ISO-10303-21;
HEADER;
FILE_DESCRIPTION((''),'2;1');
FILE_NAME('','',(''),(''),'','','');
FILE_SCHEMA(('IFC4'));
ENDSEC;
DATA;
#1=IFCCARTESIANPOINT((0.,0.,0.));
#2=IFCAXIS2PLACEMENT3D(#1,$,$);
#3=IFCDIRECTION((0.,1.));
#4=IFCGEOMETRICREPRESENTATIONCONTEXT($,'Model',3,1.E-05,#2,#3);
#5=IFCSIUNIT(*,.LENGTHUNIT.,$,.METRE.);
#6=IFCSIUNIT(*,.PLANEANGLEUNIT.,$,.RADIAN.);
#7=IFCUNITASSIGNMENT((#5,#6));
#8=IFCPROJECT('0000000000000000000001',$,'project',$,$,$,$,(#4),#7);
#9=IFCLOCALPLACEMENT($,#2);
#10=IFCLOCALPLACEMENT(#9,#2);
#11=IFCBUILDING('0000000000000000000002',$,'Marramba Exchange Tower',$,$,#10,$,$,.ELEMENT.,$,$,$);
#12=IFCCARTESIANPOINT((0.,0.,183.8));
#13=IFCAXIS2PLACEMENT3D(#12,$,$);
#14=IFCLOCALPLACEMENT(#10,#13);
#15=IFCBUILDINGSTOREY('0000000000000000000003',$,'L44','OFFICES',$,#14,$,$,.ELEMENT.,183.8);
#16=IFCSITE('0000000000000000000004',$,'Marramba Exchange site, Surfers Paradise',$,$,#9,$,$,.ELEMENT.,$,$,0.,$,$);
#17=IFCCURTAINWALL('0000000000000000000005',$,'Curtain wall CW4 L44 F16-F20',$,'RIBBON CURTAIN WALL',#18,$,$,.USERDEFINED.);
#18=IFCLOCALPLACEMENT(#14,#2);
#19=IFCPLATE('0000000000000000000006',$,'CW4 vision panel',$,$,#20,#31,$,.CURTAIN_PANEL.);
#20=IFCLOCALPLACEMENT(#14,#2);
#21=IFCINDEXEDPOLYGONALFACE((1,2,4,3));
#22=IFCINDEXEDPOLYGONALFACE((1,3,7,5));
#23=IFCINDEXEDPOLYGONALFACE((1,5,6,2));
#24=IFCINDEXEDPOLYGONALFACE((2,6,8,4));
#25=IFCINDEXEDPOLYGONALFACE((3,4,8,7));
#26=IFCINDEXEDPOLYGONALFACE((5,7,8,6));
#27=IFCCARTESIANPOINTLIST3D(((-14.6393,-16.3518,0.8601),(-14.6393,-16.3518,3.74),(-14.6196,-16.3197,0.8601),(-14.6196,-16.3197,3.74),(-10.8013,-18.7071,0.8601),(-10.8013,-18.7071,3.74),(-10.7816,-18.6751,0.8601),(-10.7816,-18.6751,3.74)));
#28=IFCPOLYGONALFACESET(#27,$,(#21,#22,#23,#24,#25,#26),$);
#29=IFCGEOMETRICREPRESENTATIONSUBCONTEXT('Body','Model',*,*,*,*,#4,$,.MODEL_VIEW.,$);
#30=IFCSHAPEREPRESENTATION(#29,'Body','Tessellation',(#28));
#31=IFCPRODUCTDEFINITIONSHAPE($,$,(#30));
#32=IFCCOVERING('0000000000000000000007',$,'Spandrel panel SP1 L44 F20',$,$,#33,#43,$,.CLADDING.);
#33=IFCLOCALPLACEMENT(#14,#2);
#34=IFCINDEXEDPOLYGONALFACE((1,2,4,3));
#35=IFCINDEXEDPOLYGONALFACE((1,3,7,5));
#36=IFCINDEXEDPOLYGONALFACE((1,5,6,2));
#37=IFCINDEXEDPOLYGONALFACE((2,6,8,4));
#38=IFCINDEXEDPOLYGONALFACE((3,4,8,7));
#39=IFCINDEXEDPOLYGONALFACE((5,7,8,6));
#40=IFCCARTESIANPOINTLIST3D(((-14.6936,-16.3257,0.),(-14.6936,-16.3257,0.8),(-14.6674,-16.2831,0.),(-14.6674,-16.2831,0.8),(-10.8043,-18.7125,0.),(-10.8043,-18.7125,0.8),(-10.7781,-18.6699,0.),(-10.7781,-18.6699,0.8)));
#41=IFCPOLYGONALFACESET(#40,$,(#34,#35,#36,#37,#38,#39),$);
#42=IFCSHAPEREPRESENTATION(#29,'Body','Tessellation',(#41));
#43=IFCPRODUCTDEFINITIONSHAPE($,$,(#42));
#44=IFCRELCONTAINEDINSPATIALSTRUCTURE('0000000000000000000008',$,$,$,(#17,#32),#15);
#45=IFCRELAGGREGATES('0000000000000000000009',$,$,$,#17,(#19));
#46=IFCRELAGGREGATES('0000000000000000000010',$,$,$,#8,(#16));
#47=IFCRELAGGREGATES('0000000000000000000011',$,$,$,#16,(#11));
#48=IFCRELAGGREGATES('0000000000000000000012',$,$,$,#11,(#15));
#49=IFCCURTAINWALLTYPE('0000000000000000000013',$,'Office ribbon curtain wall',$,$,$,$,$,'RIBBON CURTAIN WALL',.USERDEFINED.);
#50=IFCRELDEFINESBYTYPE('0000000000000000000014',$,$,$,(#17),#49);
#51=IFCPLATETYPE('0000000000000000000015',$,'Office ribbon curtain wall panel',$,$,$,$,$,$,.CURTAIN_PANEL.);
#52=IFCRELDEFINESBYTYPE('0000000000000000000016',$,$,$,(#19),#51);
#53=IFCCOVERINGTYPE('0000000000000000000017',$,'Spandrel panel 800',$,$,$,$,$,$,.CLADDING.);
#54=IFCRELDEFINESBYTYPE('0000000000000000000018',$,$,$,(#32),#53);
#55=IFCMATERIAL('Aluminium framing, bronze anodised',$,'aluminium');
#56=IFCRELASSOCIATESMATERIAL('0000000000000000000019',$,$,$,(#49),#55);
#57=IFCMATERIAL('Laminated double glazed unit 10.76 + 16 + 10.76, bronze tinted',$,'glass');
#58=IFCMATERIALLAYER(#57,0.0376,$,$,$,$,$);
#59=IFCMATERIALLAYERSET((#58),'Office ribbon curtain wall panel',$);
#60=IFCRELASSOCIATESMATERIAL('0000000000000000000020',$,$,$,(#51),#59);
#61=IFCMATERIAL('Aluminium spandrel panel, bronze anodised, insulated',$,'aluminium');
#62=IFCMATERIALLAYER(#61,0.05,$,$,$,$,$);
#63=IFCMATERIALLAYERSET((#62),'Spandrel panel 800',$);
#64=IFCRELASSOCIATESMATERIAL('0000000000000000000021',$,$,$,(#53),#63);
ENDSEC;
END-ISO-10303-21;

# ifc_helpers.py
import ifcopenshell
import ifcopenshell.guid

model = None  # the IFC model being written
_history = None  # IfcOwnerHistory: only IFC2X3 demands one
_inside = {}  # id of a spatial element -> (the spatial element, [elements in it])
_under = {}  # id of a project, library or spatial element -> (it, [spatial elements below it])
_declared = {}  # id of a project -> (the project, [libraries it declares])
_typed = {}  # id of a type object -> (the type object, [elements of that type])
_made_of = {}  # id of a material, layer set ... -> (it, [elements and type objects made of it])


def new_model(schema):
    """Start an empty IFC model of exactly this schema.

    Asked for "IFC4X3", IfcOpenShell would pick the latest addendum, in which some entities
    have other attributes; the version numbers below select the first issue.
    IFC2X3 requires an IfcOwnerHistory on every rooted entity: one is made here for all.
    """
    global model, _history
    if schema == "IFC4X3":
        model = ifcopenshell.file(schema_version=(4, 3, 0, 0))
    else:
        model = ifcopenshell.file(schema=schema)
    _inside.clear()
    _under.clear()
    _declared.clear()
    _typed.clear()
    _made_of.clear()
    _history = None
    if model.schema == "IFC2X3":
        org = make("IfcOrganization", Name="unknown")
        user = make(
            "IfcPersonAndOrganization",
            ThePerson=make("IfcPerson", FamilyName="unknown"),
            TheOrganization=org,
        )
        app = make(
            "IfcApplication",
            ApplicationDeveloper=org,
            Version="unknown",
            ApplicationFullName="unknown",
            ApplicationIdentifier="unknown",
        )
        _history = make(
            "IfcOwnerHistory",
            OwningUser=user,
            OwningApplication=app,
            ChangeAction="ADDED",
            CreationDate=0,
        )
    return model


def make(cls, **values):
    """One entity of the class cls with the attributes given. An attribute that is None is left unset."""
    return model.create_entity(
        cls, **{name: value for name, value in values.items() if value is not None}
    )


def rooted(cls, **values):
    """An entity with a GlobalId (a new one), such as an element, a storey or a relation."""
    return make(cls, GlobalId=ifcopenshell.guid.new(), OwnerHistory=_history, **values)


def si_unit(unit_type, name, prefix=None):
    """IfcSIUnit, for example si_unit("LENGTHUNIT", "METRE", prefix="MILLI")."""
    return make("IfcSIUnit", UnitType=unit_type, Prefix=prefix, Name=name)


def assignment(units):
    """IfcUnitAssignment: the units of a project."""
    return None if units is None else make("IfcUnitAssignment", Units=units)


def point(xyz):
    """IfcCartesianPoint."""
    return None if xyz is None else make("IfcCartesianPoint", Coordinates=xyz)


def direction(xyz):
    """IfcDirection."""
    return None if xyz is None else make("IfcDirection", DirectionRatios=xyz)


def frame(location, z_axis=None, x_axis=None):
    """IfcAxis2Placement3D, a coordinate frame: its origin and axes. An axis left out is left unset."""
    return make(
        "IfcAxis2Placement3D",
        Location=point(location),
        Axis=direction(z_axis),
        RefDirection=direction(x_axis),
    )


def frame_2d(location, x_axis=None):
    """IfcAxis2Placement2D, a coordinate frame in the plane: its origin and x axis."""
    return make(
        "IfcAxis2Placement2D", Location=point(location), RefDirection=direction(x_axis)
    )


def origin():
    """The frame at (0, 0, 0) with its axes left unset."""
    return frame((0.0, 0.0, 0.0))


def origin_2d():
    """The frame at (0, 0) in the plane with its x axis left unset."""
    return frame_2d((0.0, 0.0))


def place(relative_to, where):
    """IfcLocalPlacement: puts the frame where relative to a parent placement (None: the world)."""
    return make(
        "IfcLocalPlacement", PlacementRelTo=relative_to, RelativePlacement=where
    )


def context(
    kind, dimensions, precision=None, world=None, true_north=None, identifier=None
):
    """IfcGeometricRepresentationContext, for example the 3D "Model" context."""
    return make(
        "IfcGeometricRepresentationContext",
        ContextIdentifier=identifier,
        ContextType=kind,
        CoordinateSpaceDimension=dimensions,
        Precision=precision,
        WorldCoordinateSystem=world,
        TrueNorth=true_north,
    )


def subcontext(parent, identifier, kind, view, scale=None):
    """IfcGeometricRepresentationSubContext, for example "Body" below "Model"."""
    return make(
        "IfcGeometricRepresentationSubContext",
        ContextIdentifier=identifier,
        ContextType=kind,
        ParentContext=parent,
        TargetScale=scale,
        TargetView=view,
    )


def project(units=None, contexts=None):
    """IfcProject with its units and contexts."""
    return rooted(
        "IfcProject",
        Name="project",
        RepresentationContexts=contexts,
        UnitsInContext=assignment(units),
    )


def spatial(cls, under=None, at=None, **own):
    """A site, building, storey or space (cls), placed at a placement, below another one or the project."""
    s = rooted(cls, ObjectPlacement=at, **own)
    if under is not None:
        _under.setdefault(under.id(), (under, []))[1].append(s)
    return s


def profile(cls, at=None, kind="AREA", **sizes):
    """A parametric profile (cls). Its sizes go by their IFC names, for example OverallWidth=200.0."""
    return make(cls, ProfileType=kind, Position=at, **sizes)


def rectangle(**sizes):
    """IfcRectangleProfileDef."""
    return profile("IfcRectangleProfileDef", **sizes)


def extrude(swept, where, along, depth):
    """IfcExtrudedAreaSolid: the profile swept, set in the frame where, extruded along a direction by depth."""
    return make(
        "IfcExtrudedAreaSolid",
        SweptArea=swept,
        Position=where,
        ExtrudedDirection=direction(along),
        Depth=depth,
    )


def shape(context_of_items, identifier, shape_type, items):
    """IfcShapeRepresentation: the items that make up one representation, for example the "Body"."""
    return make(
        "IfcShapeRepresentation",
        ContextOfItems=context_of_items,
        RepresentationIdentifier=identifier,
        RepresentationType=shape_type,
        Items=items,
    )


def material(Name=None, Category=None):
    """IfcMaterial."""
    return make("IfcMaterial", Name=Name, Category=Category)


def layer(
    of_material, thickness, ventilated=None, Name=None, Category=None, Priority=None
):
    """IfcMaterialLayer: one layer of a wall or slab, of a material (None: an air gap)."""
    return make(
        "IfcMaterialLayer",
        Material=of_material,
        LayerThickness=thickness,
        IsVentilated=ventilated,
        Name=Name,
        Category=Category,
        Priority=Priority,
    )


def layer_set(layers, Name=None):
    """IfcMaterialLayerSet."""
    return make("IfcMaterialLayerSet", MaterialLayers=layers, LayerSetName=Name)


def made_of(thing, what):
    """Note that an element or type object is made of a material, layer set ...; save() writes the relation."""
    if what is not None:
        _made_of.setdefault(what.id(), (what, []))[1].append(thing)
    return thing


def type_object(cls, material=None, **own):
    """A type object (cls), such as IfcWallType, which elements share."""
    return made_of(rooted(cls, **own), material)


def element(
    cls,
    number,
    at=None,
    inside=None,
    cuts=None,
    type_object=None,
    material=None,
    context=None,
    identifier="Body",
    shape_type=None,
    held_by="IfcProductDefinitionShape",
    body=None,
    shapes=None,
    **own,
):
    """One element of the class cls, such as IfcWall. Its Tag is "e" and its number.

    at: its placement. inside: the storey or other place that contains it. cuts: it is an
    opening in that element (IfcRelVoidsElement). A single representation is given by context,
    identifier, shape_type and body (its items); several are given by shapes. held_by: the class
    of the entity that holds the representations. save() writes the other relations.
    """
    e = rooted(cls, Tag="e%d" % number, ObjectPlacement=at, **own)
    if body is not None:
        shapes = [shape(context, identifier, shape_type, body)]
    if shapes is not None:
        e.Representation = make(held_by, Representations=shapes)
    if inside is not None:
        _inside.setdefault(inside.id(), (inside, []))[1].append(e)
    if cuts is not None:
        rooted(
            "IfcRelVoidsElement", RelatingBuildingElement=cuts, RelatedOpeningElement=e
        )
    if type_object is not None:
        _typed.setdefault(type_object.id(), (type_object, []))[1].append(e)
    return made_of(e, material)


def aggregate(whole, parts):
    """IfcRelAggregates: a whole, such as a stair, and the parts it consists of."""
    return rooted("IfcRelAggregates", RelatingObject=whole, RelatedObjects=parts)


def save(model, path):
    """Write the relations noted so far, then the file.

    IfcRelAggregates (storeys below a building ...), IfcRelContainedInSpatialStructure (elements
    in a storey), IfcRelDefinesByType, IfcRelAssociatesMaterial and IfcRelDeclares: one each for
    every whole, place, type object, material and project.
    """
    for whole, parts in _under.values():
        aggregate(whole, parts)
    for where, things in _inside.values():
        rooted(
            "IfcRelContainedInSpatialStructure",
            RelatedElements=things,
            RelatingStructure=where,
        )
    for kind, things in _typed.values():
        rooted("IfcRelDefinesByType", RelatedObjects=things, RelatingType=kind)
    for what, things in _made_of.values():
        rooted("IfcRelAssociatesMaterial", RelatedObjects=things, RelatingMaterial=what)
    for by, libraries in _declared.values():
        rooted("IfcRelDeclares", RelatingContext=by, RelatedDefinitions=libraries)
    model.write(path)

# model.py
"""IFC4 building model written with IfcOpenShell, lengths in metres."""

from ifc_helpers import new_model, si_unit, direction, frame, origin, origin_2d, place, context, subcontext, project, spatial, rectangle, extrude, material, layer, layer_set, type_object, element, aggregate, save


model = new_model("IFC4")

# Units and contexts
model_context = context("Model", 3, precision=1e-05, world=origin(), true_north=direction((0.0, 1.0)))
body_context = subcontext(model_context, "Body", "Model", "MODEL_VIEW")
ifc_project = project(units=[si_unit("LENGTHUNIT", "METRE"), si_unit("PLANEANGLEUNIT", "RADIAN")], contexts=[model_context])

# Site, building, storey
site_placement = place(None, origin())
site = spatial("IfcSite", under=ifc_project, at=site_placement, Name="Marramba Exchange site, Surfers Paradise", CompositionType="ELEMENT", RefElevation=0.0)
building_placement = place(site_placement, origin())
building = spatial("IfcBuilding", under=site, at=building_placement, Name="Marramba Exchange Tower", CompositionType="ELEMENT")
storey_placement = place(building_placement, frame((0.0, 0.0, 183.8)))
storey = spatial("IfcBuildingStorey", under=building, at=storey_placement, Name="L44", Description="OFFICES", CompositionType="ELEMENT", Elevation=183.8)

# Curtain wall, plate
ifc_material_1 = material(Name="Aluminium framing, bronze anodised", Category="aluminium")
curtain_wall_type = type_object("IfcCurtainWallType", Name="Office ribbon curtain wall", ElementType="RIBBON CURTAIN WALL", PredefinedType="USERDEFINED", material=ifc_material_1)
curtain_wall_placement = place(storey_placement, origin())
curtain_wall = element("IfcCurtainWall", 1, at=curtain_wall_placement, inside=storey, type_object=curtain_wall_type, Name="Curtain wall CW4 L44 F16-F20", ObjectType="RIBBON CURTAIN WALL", PredefinedType="USERDEFINED")
ifc_material_2 = material(Name="Laminated double glazed unit 10.76 + 16 + 10.76, bronze tinted", Category="glass")
ifc_layer_1 = layer(ifc_material_2, 0.0376)
ifc_layer_set_1 = layer_set([ifc_layer_1], Name="Office ribbon curtain wall panel")
plate_type = type_object("IfcPlateType", Name="Office ribbon curtain wall panel", PredefinedType="CURTAIN_PANEL", material=ifc_layer_set_1)
plate_placement = place(storey_placement, frame((-12.7104, -17.5134, 0.8601), z_axis=(0.0, 0.0, 1.0), x_axis=(0.852301, -0.523052, 0.0)))
plate = element("IfcPlate", 2, at=plate_placement, type_object=plate_type, Name="CW4 vision panel", PredefinedType="CURTAIN_PANEL", context=body_context, shape_type="SweptSolid", body=[
    extrude(rectangle(XDim=4.5032, YDim=0.0376, at=origin_2d()), origin(), (0.0, 0.0, 1.0), 2.8799),
])
aggregate(curtain_wall, [plate])

# Covering
ifc_material_3 = material(Name="Aluminium spandrel panel, bronze anodised, insulated", Category="aluminium")
ifc_layer_2 = layer(ifc_material_3, 0.05)
ifc_layer_set_2 = layer_set([ifc_layer_2], Name="Spandrel panel 800")
covering_type = type_object("IfcCoveringType", Name="Spandrel panel 800", PredefinedType="CLADDING", material=ifc_layer_set_2)
covering_placement = place(storey_placement, frame((-12.7358, -17.4978, 0.0), z_axis=(0.0, 0.0, 1.0), x_axis=(0.852301, -0.523052, 0.0)))
element("IfcCovering", 3, at=covering_placement, inside=storey, type_object=covering_type, Name="Spandrel panel SP1 L44 F20", PredefinedType="CLADDING", context=body_context, shape_type="SweptSolid", body=[
    extrude(rectangle(XDim=4.5632, YDim=0.05, at=origin_2d()), origin(), (0.0, 0.0, 1.0), 0.8),
])

save(model, "model.ifc")
